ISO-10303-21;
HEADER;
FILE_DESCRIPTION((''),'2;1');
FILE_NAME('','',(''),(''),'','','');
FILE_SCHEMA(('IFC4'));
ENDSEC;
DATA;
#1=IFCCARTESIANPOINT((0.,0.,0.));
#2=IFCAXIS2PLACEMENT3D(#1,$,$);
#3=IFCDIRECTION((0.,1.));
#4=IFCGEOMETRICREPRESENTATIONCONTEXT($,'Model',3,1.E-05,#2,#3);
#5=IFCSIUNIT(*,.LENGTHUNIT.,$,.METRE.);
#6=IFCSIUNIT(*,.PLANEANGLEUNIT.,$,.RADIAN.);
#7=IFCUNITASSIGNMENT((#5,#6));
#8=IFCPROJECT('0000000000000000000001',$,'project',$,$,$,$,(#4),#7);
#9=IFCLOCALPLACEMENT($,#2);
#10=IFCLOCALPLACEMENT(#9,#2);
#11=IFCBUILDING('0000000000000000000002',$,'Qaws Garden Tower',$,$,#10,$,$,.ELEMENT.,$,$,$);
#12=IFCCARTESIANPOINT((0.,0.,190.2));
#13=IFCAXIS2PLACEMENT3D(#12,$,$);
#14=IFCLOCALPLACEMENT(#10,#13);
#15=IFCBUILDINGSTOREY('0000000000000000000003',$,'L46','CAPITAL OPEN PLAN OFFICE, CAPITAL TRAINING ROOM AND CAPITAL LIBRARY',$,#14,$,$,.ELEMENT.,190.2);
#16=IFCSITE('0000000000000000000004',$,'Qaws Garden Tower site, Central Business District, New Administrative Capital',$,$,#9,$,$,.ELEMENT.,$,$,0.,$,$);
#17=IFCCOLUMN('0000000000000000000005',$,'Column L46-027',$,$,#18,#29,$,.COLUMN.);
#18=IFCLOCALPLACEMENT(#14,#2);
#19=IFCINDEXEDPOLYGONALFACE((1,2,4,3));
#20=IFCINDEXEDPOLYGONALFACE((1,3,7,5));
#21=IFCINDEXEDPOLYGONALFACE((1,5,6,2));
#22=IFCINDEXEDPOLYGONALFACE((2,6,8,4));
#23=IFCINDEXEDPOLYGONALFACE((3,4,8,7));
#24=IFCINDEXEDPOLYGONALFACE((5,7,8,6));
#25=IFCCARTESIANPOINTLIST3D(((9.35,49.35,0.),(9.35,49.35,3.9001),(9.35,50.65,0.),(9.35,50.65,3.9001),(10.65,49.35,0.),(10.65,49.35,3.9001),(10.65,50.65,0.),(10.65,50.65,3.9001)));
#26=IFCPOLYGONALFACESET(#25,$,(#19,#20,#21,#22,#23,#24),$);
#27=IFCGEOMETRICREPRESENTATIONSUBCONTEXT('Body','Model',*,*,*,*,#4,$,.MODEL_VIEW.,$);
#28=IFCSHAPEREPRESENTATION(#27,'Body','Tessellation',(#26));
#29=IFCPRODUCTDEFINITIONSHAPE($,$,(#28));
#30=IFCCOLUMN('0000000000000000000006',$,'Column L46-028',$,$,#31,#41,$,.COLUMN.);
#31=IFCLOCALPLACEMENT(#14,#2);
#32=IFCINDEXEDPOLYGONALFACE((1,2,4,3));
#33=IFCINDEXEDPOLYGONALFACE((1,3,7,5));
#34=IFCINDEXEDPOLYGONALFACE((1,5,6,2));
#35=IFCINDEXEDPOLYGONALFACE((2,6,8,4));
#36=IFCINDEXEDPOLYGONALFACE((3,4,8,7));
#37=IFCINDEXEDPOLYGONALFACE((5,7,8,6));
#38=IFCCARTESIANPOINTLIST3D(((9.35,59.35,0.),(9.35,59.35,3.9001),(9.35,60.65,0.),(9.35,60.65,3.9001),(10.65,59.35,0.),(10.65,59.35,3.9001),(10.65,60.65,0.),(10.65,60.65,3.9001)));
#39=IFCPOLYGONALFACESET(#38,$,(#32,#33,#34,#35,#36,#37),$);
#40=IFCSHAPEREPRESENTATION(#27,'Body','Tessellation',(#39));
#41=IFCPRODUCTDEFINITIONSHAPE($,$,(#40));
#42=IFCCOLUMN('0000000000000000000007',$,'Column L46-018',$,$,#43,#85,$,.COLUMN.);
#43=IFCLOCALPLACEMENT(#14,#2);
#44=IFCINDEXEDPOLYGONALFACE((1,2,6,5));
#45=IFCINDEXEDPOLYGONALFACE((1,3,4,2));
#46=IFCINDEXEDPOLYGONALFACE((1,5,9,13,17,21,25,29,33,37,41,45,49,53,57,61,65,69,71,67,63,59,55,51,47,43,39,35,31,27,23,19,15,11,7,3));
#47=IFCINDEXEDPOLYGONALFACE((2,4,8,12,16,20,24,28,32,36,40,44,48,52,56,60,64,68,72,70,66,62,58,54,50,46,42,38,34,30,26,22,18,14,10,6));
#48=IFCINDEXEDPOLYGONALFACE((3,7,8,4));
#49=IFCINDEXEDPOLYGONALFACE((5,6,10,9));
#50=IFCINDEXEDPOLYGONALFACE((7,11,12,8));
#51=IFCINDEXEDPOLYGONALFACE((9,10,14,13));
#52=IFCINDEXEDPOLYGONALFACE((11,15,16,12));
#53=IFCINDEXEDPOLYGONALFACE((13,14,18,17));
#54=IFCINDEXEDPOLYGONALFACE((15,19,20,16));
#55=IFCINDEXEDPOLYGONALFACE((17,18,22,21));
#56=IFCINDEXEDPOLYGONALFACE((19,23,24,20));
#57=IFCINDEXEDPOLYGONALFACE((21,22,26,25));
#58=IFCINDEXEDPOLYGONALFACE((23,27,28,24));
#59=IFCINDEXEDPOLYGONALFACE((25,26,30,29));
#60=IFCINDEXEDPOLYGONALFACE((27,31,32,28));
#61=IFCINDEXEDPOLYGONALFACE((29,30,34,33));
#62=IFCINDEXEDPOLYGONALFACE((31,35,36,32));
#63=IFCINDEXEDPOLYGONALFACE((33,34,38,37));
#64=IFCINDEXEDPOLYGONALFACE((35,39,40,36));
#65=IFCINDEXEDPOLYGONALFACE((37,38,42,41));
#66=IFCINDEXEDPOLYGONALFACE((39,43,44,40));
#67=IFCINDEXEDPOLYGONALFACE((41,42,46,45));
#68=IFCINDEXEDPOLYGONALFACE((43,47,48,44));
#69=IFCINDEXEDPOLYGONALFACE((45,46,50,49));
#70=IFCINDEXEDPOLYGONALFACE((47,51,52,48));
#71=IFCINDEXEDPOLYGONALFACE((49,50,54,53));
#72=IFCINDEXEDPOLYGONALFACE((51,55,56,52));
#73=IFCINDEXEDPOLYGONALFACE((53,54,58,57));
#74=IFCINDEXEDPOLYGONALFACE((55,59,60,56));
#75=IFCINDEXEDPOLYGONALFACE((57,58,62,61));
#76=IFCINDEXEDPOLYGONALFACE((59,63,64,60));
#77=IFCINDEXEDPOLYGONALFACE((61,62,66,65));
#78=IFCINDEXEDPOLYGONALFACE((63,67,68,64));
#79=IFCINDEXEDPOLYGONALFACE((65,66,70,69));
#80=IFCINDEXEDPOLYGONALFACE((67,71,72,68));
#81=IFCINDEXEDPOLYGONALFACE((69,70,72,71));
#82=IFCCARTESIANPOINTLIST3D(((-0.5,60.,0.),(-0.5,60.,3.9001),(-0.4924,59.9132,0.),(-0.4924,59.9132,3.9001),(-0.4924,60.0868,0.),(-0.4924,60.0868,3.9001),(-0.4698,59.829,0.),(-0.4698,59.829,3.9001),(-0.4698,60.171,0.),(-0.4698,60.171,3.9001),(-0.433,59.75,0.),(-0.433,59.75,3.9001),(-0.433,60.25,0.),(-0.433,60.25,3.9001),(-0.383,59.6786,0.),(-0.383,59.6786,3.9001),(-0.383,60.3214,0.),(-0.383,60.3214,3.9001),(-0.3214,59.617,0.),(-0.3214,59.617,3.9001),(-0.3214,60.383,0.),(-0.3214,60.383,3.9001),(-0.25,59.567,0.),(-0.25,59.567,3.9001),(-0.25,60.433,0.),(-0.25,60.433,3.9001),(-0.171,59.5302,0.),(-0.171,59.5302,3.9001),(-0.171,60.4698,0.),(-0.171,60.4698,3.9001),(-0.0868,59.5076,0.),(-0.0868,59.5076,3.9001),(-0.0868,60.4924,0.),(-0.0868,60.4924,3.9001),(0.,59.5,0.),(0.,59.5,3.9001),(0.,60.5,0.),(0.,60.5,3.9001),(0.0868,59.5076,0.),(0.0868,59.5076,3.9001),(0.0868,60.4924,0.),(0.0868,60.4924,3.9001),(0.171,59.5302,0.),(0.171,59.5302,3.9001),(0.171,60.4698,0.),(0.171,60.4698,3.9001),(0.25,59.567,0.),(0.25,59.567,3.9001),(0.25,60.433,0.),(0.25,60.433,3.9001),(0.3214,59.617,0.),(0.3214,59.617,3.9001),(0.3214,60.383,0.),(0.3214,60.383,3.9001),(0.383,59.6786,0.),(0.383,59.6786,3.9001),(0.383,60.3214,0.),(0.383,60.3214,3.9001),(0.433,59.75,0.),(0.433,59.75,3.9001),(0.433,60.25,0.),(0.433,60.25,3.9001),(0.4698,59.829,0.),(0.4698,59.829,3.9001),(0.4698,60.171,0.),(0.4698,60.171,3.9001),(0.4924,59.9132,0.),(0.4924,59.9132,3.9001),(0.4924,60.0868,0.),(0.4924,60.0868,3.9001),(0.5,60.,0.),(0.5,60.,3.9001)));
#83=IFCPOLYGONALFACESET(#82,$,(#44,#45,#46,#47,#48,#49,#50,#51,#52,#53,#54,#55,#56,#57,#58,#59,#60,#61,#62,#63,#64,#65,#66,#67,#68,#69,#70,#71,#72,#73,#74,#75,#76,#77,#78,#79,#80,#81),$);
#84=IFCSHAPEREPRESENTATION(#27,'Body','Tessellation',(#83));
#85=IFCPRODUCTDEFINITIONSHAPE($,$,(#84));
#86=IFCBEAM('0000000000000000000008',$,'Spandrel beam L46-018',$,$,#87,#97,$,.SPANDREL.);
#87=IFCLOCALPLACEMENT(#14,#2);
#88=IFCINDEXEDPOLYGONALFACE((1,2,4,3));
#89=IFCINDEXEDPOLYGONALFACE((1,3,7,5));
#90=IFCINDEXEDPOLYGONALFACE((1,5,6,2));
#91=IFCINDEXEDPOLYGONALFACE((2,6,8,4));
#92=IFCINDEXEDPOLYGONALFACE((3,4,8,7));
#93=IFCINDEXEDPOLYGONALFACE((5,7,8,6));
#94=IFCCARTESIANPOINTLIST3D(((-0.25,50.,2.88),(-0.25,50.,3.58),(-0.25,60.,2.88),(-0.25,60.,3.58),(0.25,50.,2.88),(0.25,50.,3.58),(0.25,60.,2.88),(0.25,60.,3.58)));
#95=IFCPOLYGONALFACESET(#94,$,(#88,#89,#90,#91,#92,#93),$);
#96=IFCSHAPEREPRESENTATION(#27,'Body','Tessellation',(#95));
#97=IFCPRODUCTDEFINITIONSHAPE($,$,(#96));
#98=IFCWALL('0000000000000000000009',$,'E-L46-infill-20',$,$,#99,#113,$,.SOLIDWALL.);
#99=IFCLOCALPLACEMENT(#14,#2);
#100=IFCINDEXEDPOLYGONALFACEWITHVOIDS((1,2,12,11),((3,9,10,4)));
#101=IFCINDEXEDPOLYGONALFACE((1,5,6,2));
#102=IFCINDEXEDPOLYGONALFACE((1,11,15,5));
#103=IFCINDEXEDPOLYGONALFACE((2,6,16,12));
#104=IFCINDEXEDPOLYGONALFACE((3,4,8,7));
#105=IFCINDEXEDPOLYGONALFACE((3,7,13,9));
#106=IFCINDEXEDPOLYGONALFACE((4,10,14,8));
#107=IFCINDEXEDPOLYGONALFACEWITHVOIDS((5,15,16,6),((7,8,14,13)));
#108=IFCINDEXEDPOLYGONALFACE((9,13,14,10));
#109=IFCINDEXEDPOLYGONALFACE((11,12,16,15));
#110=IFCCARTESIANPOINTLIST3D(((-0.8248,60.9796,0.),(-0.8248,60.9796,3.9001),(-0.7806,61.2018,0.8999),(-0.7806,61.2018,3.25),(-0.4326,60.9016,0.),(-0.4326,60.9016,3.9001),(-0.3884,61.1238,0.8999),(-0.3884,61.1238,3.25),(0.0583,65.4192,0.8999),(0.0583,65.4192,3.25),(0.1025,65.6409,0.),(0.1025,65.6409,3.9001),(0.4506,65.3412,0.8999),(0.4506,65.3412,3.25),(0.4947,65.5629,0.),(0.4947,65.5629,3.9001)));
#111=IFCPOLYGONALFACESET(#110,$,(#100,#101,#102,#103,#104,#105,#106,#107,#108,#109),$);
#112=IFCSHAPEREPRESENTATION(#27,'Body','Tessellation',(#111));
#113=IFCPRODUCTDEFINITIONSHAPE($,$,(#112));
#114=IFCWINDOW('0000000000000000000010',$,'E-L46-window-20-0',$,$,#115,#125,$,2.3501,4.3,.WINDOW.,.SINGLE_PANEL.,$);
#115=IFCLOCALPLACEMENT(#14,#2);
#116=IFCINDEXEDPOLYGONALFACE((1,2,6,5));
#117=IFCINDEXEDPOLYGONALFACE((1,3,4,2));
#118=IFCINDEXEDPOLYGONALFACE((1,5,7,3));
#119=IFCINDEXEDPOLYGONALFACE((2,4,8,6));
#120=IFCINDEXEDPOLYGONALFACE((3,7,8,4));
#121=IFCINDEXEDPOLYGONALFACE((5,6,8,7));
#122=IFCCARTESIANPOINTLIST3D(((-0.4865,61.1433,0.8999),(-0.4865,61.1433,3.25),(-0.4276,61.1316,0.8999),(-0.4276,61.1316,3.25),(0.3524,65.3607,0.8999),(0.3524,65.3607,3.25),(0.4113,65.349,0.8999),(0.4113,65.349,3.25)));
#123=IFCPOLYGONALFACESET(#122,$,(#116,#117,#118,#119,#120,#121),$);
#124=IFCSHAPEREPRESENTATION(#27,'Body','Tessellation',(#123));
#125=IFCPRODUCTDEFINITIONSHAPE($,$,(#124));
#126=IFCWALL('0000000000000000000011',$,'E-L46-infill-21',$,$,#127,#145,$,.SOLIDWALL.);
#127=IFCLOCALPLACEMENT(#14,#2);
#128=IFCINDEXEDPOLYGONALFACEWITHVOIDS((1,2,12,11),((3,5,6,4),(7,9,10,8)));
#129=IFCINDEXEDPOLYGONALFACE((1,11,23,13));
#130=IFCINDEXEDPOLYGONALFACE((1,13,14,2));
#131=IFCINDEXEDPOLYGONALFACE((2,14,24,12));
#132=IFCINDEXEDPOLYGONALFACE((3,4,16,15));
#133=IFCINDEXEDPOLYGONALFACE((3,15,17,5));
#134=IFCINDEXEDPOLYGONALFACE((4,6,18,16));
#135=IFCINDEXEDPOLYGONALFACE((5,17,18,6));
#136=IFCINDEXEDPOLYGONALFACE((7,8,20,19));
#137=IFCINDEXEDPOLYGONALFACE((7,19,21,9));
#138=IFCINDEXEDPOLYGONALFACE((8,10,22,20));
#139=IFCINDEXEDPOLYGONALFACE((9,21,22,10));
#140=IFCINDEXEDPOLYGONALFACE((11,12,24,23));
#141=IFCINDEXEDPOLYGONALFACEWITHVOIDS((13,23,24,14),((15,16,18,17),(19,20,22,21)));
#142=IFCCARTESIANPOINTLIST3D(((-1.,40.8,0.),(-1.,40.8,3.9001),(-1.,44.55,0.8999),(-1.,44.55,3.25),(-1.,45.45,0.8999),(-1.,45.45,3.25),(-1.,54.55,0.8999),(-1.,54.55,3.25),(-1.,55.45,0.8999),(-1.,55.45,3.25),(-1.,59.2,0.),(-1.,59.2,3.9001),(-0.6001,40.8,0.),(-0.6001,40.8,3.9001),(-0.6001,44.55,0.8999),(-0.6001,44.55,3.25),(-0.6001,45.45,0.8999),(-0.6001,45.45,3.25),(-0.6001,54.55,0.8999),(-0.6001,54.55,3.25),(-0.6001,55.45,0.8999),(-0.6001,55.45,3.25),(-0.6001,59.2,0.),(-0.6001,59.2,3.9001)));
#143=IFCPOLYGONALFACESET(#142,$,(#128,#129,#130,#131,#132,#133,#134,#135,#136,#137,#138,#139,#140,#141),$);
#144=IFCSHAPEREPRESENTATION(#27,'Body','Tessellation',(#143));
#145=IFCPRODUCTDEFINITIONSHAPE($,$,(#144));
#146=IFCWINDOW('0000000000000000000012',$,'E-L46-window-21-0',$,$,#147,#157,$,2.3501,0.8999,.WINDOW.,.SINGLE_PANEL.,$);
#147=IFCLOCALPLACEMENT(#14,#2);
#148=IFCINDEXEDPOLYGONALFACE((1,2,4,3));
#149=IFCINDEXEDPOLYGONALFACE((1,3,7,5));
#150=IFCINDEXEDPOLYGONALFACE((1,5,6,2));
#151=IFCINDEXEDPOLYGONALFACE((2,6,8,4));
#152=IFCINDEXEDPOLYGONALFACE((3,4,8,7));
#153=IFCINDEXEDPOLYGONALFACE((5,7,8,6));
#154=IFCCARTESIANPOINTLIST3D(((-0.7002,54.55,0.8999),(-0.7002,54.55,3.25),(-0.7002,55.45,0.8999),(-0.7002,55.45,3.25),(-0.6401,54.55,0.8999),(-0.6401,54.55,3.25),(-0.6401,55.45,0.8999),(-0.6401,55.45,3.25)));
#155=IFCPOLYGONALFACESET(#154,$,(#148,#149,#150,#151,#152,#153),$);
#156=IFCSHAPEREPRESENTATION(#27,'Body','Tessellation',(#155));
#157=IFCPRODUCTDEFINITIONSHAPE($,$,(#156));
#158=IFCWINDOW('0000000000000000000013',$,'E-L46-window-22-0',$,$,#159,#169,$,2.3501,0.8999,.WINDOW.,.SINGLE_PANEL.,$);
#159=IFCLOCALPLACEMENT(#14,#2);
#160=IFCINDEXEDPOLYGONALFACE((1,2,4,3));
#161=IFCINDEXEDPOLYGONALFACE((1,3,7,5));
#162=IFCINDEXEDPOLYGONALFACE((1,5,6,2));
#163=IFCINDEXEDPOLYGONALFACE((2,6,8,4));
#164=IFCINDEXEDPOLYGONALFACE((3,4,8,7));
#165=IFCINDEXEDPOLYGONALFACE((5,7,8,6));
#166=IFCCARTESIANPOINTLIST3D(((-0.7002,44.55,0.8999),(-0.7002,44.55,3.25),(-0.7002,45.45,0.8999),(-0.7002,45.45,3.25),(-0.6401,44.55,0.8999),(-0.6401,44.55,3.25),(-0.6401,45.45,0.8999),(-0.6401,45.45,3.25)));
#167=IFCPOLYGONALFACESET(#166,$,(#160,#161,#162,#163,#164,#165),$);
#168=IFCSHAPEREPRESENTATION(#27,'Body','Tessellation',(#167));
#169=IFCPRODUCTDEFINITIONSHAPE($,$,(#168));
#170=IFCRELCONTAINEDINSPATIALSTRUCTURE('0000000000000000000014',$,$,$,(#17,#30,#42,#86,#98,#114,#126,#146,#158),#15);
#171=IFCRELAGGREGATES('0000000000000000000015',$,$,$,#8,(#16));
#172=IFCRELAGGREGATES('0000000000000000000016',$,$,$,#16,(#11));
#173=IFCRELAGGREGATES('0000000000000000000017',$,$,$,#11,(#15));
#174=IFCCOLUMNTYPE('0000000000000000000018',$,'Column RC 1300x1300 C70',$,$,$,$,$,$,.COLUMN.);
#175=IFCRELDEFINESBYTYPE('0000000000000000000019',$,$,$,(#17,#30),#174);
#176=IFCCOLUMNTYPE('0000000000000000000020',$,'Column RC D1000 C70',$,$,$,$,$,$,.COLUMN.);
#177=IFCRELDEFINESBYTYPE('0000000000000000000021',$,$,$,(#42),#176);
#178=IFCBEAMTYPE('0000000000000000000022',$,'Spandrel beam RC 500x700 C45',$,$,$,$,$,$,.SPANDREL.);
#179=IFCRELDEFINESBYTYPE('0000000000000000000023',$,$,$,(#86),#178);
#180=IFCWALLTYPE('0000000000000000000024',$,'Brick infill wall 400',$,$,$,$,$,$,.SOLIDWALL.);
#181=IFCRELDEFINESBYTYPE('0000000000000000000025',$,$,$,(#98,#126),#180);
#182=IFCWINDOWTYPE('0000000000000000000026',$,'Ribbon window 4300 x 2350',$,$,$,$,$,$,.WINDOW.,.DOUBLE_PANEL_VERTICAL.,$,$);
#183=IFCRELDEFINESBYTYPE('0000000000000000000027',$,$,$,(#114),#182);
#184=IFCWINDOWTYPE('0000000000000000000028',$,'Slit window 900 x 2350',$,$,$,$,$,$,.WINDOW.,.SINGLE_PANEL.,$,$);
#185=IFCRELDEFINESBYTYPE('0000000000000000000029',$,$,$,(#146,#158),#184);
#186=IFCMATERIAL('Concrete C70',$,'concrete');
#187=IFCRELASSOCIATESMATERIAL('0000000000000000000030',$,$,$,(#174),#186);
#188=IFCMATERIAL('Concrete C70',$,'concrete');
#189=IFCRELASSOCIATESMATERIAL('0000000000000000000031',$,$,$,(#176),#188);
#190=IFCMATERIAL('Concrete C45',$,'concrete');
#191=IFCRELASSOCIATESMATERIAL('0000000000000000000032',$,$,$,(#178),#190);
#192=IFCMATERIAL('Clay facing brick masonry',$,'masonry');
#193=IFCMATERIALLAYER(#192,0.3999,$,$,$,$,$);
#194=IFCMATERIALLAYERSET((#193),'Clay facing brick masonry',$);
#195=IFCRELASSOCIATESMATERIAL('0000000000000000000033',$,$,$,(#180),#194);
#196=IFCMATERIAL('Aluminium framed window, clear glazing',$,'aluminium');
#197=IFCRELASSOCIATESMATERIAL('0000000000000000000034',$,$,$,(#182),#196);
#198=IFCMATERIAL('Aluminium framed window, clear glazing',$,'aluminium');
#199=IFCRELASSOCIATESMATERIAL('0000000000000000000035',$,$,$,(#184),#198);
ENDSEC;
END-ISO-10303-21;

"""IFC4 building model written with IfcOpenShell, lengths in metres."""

from ifc_helpers import new_model, si_unit, direction, frame, frame_2d, origin, origin_2d, place, context, subcontext, project, spatial, rectangle, circle, extrude, material, layer, layer_set, material_profile, profile_set, type_object, element, fill, save


model = new_model("IFC4")

# Units and contexts
model_context = context("Model", 3, precision=1e-05, world=origin(), true_north=direction((0.0, 1.0)))
body_context = subcontext(model_context, "Body", "Model", "MODEL_VIEW")
ifc_project = project(units=[si_unit("LENGTHUNIT", "METRE"), si_unit("PLANEANGLEUNIT", "RADIAN")], contexts=[model_context])

# Site, building, storey
site_placement = place(None, origin())
site = spatial("IfcSite", under=ifc_project, at=site_placement, Name="Qaws Garden Tower site, Central Business District, New Administrative Capital", CompositionType="ELEMENT", RefElevation=0.0)
building_placement = place(site_placement, origin())
building = spatial("IfcBuilding", under=site, at=building_placement, Name="Qaws Garden Tower", CompositionType="ELEMENT")
storey_placement = place(building_placement, frame((0.0, 0.0, 190.2)))
storey = spatial("IfcBuildingStorey", under=building, at=storey_placement, Name="L46", Description="CAPITAL OPEN PLAN OFFICE, CAPITAL TRAINING ROOM AND CAPITAL LIBRARY", CompositionType="ELEMENT", Elevation=190.2)

# Columns
ifc_material_1 = material(Name="Concrete C70", Category="concrete")
ifc_material_profile_1 = material_profile(ifc_material_1, rectangle(XDim=1.3, YDim=1.3, at=origin_2d()), Name="RC 1300x1300")
ifc_profile_set_1 = profile_set([ifc_material_profile_1], Name="Concrete C70")
column_type_1 = type_object("IfcColumnType", Name="Column RC 1300x1300 C70", PredefinedType="COLUMN", material=ifc_profile_set_1)
for number, where, z_axis, x_axis, name in (
    (1, (10.0, 50.0, 0.0), (0.0, 0.0, 1.0), (1.0, 0.0, 0.0), "Column L46-027"),
    (2, (10.0, 60.0, 0.0), (0.0, 0.0, 1.0), (1.0, 0.0, 0.0), "Column L46-028"),
):
    element("IfcColumn", number, at=place(storey_placement, frame(where, z_axis=z_axis, x_axis=x_axis)), inside=storey, type_object=column_type_1, Name=name, PredefinedType="COLUMN", context=body_context, shape_type="SweptSolid", body=[
        extrude(rectangle(XDim=1.3, YDim=1.3, at=origin_2d()), origin(), (0.0, 0.0, 1.0), 3.9001),
    ])
ifc_material_2 = material(Name="Concrete C70", Category="concrete")
ifc_material_profile_2 = material_profile(ifc_material_2, circle(Radius=0.5, at=origin_2d()), Name="RC D1000")
ifc_profile_set_2 = profile_set([ifc_material_profile_2], Name="Concrete C70")
column_type_2 = type_object("IfcColumnType", Name="Column RC D1000 C70", PredefinedType="COLUMN", material=ifc_profile_set_2)
column_placement = place(storey_placement, frame((0.0, 60.0, 0.0), z_axis=(0.0, 0.0, 1.0), x_axis=(1.0, 0.0, 0.0)))
element("IfcColumn", 3, at=column_placement, inside=storey, type_object=column_type_2, Name="Column L46-018", PredefinedType="COLUMN", context=body_context, shape_type="SweptSolid", body=[
    extrude(circle(Radius=0.5, at=origin_2d()), origin(), (0.0, 0.0, 1.0), 3.9001),
])

# Beam
ifc_material_3 = material(Name="Concrete C45", Category="concrete")
ifc_material_profile_3 = material_profile(ifc_material_3, rectangle(XDim=0.5, YDim=0.7, at=origin_2d()), Name="RC 500x700")
ifc_profile_set_3 = profile_set([ifc_material_profile_3], Name="Concrete C45")
beam_type = type_object("IfcBeamType", Name="Spandrel beam RC 500x700 C45", PredefinedType="SPANDREL", material=ifc_profile_set_3)
beam_placement = place(storey_placement, frame((0.0, 60.0, 3.23), z_axis=(0.0, -1.0, 0.0), x_axis=(1.0, 0.0, 0.0)))
element("IfcBeam", 4, at=beam_placement, inside=storey, type_object=beam_type, Name="Spandrel beam L46-018", PredefinedType="SPANDREL", context=body_context, shape_type="SweptSolid", body=[
    extrude(rectangle(XDim=0.5, YDim=0.7, at=origin_2d()), origin(), (0.0, 0.0, 1.0), 10.0),
])

# Wall, opening, window
ifc_material_4 = material(Name="Clay facing brick masonry", Category="masonry")
ifc_layer_1 = layer(ifc_material_4, 0.3999)
ifc_layer_set_1 = layer_set([ifc_layer_1], Name="Clay facing brick masonry")
wall_type_1 = type_object("IfcWallType", Name="Brick infill wall 400", PredefinedType="SOLIDWALL", material=ifc_layer_set_1)
wall_1_placement = place(storey_placement, frame((0.2986, 65.6021, 0.0), z_axis=(0.0, 0.0, 1.0), x_axis=(-0.195099, -0.980784, 0.0)))
wall_1 = element("IfcWall", 5, at=wall_1_placement, inside=storey, type_object=wall_type_1, Name="E-L46-infill-20", PredefinedType="SOLIDWALL", context=body_context, shape_type="SweptSolid", body=[
    extrude(rectangle(XDim=4.7527, YDim=0.3999, at=frame_2d((2.3765, 0.0))), origin(), (0.0, 0.0, 1.0), 3.9001),
])
opening_1_placement = place(wall_1_placement, frame((0.2263, 0.0, 0.8999)))
opening_1 = element("IfcOpeningElement", 6, at=opening_1_placement, cuts=wall_1, PredefinedType="OPENING", context=body_context, shape_type="SweptSolid", body=[
    extrude(rectangle(XDim=4.3, YDim=2.3501, at=frame_2d((2.1499, 1.175))), frame((0.0, 0.21, 0.0), z_axis=(0.0, -1.0, 0.0), x_axis=(1.0, 0.0, 0.0)), (0.0, 0.0, 1.0), 0.4199),
])
ifc_material_5 = material(Name="Aluminium framed window, clear glazing", Category="aluminium")
window_type_1 = type_object("IfcWindowType", Name="Ribbon window 4300 x 2350", PartitioningType="DOUBLE_PANEL_VERTICAL", PredefinedType="WINDOW", material=ifc_material_5)
window_1_placement = place(opening_1_placement, origin())
window_1 = element("IfcWindow", 7, at=window_1_placement, inside=storey, type_object=window_type_1, Name="E-L46-window-20-0", OverallHeight=2.3501, OverallWidth=4.3, PartitioningType="SINGLE_PANEL", PredefinedType="WINDOW", context=body_context, shape_type="SweptSolid", body=[
    extrude(rectangle(XDim=4.3, YDim=2.3501, at=frame_2d((2.1499, 1.175))), frame((0.0, 0.1599, 0.0), z_axis=(0.0, -1.0, 0.0), x_axis=(1.0, 0.0, 0.0)), (0.0, 0.0, 1.0), 0.0601),
])
fill(opening_1, window_1)

# Wall, openings, windows
wall_2_placement = place(storey_placement, frame((-0.8, 59.2, 0.0), z_axis=(0.0, 0.0, 1.0), x_axis=(0.0, -1.0, 0.0)))
wall_2 = element("IfcWall", 8, at=wall_2_placement, inside=storey, type_object=wall_type_1, Name="E-L46-infill-21", PredefinedType="SOLIDWALL", context=body_context, shape_type="SweptSolid", body=[
    extrude(rectangle(XDim=18.3999, YDim=0.3999, at=frame_2d((9.2, 0.0))), origin(), (0.0, 0.0, 1.0), 3.9001),
])
opening_2_placement = place(wall_2_placement, frame((3.75, 0.0, 0.8999)))
opening_2 = element("IfcOpeningElement", 9, at=opening_2_placement, cuts=wall_2, PredefinedType="OPENING", context=body_context, shape_type="SweptSolid", body=[
    extrude(rectangle(XDim=0.8999, YDim=2.3501, at=frame_2d((0.45, 1.175))), frame((0.0, 0.21, 0.0), z_axis=(0.0, -1.0, 0.0), x_axis=(1.0, 0.0, 0.0)), (0.0, 0.0, 1.0), 0.4199),
])
opening_3_placement = place(wall_2_placement, frame((13.75, 0.0, 0.8999)))
opening_3 = element("IfcOpeningElement", 10, at=opening_3_placement, cuts=wall_2, PredefinedType="OPENING", context=body_context, shape_type="SweptSolid", body=[
    extrude(rectangle(XDim=0.8999, YDim=2.3501, at=frame_2d((0.45, 1.175))), frame((0.0, 0.21, 0.0), z_axis=(0.0, -1.0, 0.0), x_axis=(1.0, 0.0, 0.0)), (0.0, 0.0, 1.0), 0.4199),
])
ifc_material_6 = material(Name="Aluminium framed window, clear glazing", Category="aluminium")
window_type_2 = type_object("IfcWindowType", Name="Slit window 900 x 2350", PartitioningType="SINGLE_PANEL", PredefinedType="WINDOW", material=ifc_material_6)
window_2_placement = place(opening_2_placement, origin())
window_2 = element("IfcWindow", 11, at=window_2_placement, inside=storey, type_object=window_type_2, Name="E-L46-window-21-0", OverallHeight=2.3501, OverallWidth=0.8999, PartitioningType="SINGLE_PANEL", PredefinedType="WINDOW", context=body_context, shape_type="SweptSolid", body=[
    extrude(rectangle(XDim=0.8999, YDim=2.3501, at=frame_2d((0.45, 1.175))), frame((0.0, 0.1599, 0.0), z_axis=(0.0, -1.0, 0.0), x_axis=(1.0, 0.0, 0.0)), (0.0, 0.0, 1.0), 0.0601),
])
fill(opening_2, window_2)
window_3_placement = place(opening_3_placement, origin())
window_3 = element("IfcWindow", 12, at=window_3_placement, inside=storey, type_object=window_type_2, Name="E-L46-window-22-0", OverallHeight=2.3501, OverallWidth=0.8999, PartitioningType="SINGLE_PANEL", PredefinedType="WINDOW", context=body_context, shape_type="SweptSolid", body=[
    extrude(rectangle(XDim=0.8999, YDim=2.3501, at=frame_2d((0.45, 1.175))), frame((0.0, 0.1599, 0.0), z_axis=(0.0, -1.0, 0.0), x_axis=(1.0, 0.0, 0.0)), (0.0, 0.0, 1.0), 0.0601),
])
fill(opening_3, window_3)

save(model, "model.ifc")
